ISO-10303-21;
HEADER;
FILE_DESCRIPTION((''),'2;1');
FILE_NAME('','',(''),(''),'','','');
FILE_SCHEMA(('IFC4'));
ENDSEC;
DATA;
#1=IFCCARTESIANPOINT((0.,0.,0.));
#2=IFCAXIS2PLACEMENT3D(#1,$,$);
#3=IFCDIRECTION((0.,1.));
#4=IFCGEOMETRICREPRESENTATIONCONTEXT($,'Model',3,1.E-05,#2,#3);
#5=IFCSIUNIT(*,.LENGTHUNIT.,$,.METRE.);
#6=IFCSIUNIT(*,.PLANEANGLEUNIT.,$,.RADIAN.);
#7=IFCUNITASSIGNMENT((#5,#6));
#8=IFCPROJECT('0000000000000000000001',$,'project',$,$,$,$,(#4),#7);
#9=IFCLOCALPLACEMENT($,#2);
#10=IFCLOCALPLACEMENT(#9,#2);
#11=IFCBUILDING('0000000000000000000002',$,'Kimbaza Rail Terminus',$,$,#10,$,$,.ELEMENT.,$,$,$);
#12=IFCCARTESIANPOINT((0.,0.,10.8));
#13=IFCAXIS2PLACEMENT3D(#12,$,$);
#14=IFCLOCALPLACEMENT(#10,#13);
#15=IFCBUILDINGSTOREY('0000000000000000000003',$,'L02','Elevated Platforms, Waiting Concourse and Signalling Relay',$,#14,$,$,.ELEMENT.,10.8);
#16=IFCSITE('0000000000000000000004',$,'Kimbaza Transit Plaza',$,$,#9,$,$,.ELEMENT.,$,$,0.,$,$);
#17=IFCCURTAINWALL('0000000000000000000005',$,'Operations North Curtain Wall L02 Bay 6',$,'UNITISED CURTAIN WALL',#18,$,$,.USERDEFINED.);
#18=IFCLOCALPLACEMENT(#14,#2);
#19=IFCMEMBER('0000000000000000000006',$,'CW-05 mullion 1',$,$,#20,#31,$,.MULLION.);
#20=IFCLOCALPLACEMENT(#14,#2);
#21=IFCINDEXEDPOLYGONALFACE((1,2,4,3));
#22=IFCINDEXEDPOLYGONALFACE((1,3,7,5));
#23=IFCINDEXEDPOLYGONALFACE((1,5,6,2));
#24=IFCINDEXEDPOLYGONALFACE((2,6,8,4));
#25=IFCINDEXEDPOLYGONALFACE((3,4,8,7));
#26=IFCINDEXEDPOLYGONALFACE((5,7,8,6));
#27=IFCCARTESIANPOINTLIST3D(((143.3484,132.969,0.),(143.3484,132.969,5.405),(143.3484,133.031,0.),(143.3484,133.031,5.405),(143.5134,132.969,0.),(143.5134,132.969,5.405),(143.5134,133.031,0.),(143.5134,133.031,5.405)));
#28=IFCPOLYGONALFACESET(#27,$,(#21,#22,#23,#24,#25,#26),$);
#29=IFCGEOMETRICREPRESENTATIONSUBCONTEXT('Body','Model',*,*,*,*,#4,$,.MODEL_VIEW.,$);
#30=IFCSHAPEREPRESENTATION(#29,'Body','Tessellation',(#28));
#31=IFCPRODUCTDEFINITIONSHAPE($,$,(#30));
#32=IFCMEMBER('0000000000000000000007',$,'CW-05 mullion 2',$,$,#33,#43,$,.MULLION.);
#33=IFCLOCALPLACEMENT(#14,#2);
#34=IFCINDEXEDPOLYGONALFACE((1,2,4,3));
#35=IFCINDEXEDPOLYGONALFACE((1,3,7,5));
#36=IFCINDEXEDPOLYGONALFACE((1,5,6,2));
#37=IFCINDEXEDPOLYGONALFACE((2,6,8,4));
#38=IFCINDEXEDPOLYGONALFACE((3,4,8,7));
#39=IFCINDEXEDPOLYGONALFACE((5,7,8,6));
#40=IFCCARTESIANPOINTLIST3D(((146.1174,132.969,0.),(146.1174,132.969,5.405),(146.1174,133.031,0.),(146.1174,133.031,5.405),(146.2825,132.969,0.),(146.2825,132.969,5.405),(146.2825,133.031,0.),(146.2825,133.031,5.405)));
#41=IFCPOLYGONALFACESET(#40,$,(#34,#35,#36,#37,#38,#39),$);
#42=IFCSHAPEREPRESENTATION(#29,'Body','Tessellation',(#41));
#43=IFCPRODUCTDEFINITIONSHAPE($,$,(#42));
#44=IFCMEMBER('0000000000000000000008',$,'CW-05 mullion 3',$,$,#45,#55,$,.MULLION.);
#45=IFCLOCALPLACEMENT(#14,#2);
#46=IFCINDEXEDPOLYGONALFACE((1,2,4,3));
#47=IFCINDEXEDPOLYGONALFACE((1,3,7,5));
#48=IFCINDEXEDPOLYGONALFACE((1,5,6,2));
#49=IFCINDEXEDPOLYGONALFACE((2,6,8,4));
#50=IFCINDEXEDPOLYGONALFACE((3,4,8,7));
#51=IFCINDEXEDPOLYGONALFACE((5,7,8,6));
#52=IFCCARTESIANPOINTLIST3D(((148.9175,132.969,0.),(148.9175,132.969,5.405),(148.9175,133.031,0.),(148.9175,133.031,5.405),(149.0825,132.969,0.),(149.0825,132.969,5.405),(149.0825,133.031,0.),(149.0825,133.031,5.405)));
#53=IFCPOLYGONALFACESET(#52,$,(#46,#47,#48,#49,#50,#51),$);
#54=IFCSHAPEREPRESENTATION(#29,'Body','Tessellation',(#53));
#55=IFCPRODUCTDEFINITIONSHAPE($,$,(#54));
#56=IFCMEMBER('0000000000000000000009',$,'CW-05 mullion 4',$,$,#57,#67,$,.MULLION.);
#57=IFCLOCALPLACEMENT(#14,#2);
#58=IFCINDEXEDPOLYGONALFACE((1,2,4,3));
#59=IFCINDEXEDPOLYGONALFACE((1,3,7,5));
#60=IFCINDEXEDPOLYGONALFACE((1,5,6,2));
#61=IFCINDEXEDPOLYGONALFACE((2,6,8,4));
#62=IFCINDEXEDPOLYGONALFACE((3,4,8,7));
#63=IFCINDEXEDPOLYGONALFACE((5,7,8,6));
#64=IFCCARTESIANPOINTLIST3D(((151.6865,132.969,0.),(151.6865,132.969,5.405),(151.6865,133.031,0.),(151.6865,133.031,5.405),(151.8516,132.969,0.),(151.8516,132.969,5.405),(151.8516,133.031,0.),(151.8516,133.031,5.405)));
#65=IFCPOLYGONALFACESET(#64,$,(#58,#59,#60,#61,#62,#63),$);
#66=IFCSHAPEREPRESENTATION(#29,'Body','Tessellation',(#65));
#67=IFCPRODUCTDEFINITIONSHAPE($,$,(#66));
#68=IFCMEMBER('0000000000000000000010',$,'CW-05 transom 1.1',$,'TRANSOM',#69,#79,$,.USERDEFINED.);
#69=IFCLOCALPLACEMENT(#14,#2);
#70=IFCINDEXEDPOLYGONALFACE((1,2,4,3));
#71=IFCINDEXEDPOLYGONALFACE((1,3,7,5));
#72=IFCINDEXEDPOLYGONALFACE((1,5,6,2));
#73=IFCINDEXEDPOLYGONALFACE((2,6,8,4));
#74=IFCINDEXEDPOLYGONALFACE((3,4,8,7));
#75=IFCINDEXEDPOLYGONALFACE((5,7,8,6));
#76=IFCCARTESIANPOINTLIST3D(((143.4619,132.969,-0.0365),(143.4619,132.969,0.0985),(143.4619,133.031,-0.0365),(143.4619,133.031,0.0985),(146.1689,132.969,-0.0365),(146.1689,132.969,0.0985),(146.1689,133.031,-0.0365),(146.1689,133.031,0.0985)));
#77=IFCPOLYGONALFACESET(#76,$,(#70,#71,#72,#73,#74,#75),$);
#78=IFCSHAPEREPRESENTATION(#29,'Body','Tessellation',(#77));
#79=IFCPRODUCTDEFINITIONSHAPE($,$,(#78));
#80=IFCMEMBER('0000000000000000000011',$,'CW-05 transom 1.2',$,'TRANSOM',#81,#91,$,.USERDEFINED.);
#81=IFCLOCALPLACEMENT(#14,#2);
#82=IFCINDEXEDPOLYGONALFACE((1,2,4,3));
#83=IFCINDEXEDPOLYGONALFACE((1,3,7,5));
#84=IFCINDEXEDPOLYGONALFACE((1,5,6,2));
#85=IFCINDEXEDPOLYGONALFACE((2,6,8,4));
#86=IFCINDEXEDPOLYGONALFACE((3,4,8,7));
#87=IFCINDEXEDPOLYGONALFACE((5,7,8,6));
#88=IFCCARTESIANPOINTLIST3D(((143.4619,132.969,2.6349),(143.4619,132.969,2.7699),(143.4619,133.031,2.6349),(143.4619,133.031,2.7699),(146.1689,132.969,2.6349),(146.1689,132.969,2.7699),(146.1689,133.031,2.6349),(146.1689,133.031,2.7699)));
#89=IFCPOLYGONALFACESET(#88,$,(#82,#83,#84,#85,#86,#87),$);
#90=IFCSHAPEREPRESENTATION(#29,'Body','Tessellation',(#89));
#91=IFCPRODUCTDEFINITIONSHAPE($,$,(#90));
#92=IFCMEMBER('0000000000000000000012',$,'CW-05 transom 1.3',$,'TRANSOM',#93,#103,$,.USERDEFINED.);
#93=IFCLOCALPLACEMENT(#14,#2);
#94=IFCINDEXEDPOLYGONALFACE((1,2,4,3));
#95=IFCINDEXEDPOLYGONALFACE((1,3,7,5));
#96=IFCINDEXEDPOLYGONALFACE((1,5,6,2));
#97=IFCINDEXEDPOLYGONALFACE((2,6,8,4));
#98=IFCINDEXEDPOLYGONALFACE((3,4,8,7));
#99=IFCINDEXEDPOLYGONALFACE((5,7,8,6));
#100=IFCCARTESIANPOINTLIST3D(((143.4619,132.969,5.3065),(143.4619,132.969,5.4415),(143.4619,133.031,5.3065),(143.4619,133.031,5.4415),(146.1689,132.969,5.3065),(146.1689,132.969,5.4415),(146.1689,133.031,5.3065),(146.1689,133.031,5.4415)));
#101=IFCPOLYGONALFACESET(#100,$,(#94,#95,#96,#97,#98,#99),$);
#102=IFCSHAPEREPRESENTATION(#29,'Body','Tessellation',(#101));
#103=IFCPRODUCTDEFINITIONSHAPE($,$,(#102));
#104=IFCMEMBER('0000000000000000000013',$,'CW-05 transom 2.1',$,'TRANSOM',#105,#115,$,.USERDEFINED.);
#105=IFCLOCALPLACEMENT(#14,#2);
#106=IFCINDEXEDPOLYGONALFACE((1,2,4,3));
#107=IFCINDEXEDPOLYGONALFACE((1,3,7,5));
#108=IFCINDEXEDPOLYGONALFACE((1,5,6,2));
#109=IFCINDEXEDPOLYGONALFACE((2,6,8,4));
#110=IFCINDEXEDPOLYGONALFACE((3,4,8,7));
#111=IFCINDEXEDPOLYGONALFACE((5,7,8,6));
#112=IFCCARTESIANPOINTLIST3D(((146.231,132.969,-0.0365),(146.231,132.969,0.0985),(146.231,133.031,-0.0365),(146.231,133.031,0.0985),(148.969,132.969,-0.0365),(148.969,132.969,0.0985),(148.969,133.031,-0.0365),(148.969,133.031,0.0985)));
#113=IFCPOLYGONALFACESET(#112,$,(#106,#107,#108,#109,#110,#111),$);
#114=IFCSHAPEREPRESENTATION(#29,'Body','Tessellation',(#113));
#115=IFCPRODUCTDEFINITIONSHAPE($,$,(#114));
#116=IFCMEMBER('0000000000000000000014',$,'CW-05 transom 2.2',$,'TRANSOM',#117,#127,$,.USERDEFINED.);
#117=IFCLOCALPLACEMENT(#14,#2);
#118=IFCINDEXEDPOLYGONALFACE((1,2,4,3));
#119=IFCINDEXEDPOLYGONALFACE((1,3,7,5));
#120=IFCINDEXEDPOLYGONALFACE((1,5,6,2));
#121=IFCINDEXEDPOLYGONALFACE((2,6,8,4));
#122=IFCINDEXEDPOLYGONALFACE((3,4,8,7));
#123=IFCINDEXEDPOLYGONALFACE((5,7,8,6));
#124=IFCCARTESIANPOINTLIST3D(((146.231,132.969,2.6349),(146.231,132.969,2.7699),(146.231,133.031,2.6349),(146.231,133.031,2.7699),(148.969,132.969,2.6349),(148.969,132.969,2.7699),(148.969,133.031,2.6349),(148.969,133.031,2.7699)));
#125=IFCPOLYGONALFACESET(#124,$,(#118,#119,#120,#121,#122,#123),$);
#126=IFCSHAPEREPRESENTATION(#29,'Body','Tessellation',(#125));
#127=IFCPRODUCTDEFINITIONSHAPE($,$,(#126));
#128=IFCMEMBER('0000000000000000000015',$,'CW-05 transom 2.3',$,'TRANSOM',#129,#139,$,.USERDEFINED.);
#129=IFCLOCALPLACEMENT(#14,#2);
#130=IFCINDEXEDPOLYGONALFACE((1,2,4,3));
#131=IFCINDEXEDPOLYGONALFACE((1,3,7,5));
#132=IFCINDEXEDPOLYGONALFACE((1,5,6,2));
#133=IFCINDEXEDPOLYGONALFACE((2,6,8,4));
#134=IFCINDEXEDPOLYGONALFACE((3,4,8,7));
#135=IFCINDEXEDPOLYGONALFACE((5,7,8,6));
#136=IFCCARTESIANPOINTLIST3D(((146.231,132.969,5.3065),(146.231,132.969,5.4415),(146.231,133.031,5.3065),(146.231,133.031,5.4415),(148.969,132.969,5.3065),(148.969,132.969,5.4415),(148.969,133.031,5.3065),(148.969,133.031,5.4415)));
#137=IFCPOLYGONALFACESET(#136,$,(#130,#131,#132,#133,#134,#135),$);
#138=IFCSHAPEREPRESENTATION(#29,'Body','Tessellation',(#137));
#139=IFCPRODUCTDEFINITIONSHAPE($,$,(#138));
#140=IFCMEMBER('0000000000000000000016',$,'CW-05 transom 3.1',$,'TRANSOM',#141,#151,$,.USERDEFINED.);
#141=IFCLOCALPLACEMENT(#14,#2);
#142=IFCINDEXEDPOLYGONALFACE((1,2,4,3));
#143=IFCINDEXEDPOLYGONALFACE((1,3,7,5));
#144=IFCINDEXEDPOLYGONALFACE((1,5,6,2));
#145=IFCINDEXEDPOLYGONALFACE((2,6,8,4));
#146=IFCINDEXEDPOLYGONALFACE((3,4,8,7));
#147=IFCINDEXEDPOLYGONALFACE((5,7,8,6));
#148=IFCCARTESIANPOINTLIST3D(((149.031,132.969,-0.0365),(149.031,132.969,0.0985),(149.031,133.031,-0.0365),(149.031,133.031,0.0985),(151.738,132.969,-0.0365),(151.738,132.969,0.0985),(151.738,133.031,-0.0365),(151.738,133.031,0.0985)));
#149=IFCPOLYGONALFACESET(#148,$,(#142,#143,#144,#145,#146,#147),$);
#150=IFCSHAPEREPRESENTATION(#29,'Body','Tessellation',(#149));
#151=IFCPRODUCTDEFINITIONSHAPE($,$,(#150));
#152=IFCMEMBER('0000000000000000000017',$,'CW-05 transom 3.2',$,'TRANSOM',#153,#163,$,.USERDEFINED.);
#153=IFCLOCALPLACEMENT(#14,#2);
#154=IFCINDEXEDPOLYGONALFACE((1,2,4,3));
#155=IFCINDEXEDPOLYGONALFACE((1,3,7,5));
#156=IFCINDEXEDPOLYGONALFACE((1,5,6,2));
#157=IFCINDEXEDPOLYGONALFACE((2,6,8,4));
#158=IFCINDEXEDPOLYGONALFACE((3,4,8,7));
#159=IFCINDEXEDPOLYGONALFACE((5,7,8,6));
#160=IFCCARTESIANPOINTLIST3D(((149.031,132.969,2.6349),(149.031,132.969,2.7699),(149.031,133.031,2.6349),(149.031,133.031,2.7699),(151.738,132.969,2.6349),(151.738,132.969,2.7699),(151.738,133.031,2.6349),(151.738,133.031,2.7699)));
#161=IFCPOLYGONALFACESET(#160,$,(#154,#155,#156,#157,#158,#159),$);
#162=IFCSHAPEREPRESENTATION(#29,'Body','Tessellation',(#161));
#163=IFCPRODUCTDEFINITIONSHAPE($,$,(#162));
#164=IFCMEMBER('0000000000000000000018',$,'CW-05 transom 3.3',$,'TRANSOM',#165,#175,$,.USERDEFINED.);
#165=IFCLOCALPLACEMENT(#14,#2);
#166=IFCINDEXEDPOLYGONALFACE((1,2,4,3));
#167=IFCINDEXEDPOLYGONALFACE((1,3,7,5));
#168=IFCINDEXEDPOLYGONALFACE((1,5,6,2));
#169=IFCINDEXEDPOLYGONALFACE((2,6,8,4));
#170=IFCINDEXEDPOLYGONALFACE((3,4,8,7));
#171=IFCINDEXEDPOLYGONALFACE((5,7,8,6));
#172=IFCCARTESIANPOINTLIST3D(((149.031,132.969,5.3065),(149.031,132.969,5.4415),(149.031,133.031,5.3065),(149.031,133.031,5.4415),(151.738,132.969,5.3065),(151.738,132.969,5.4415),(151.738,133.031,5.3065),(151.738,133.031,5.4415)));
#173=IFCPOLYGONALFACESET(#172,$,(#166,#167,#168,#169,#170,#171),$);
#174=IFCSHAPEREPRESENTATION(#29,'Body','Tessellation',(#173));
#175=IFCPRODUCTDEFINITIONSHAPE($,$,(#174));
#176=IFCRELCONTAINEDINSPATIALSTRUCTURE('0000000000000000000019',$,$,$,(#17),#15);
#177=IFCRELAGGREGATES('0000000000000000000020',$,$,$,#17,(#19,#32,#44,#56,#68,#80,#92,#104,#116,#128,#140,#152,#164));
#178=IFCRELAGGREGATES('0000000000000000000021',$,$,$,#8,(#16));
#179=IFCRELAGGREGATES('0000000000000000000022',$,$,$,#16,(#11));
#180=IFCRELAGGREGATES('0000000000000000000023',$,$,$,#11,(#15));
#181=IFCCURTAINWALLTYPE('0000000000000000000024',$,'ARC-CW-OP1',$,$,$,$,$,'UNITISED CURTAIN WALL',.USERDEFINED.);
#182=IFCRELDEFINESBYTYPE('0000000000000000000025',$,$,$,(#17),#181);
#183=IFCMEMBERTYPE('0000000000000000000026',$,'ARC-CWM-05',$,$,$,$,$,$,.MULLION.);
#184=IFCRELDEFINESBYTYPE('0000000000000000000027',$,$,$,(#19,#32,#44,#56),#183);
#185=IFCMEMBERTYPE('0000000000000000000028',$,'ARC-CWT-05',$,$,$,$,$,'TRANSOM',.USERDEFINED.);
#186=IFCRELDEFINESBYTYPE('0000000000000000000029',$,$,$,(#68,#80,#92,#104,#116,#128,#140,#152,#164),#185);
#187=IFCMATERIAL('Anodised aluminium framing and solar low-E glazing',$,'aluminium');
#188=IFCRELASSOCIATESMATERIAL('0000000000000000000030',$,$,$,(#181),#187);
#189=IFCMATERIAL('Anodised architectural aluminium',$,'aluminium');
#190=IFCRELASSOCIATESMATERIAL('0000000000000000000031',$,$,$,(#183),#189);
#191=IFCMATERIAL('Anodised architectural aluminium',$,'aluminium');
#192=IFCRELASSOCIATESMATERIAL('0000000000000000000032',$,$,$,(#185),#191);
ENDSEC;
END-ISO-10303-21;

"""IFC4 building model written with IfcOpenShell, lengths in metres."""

from ifc_helpers import new_model, si_unit, direction, frame, origin, origin_2d, place, context, subcontext, project, spatial, rectangle, extrude, material, material_profile, profile_set, type_object, element, aggregate, save


model = new_model("IFC4")

# Units and contexts
model_context = context("Model", 3, precision=1e-05, world=origin(), true_north=direction((0.0, 1.0)))
body_context = subcontext(model_context, "Body", "Model", "MODEL_VIEW")
ifc_project = project(units=[si_unit("LENGTHUNIT", "METRE"), si_unit("PLANEANGLEUNIT", "RADIAN")], contexts=[model_context])

# Site, building, storey
site_placement = place(None, origin())
site = spatial("IfcSite", under=ifc_project, at=site_placement, Name="Kimbaza Transit Plaza", CompositionType="ELEMENT", RefElevation=0.0)
building_placement = place(site_placement, origin())
building = spatial("IfcBuilding", under=site, at=building_placement, Name="Kimbaza Rail Terminus", CompositionType="ELEMENT")
storey_placement = place(building_placement, frame((0.0, 0.0, 10.8)))
storey = spatial("IfcBuildingStorey", under=building, at=storey_placement, Name="L02", Description="Elevated Platforms, Waiting Concourse and Signalling Relay", CompositionType="ELEMENT", Elevation=10.8)

# Curtain wall, members
ifc_material_1 = material(Name="Anodised aluminium framing and solar low-E glazing", Category="aluminium")
curtain_wall_type = type_object("IfcCurtainWallType", Name="ARC-CW-OP1", ElementType="UNITISED CURTAIN WALL", PredefinedType="USERDEFINED", material=ifc_material_1)
curtain_wall_placement = place(storey_placement, origin())
curtain_wall = element("IfcCurtainWall", 1, at=curtain_wall_placement, inside=storey, type_object=curtain_wall_type, Name="Operations North Curtain Wall L02 Bay 6", ObjectType="UNITISED CURTAIN WALL", PredefinedType="USERDEFINED")
ifc_material_2 = material(Name="Anodised architectural aluminium", Category="aluminium")
ifc_material_profile_1 = material_profile(ifc_material_2, rectangle(XDim=0.062, YDim=0.165, at=origin_2d()), Name="MULLION 62x165")
ifc_profile_set_1 = profile_set([ifc_material_profile_1], Name="Anodised architectural aluminium")
member_type_1 = type_object("IfcMemberType", Name="ARC-CWM-05", PredefinedType="MULLION", material=ifc_profile_set_1)
member_1_placement = place(storey_placement, frame((143.4309, 133.0, 0.0), z_axis=(0.0, 0.0, 1.0), x_axis=(0.0, 1.0, 0.0)))
member_1 = element("IfcMember", 2, at=member_1_placement, type_object=member_type_1, Name="CW-05 mullion 1", PredefinedType="MULLION", context=body_context, shape_type="SweptSolid", body=[
    extrude(rectangle(XDim=0.062, YDim=0.165, at=origin_2d()), origin(), (0.0, 0.0, 1.0), 5.405),
])
member_2_placement = place(storey_placement, frame((146.2, 133.0, 0.0), z_axis=(0.0, 0.0, 1.0), x_axis=(0.0, 1.0, 0.0)))
member_2 = element("IfcMember", 3, at=member_2_placement, type_object=member_type_1, Name="CW-05 mullion 2", PredefinedType="MULLION", context=body_context, shape_type="SweptSolid", body=[
    extrude(rectangle(XDim=0.062, YDim=0.165, at=origin_2d()), origin(), (0.0, 0.0, 1.0), 5.405),
])
member_3_placement = place(storey_placement, frame((149.0, 133.0, 0.0), z_axis=(0.0, 0.0, 1.0), x_axis=(0.0, 1.0, 0.0)))
member_3 = element("IfcMember", 4, at=member_3_placement, type_object=member_type_1, Name="CW-05 mullion 3", PredefinedType="MULLION", context=body_context, shape_type="SweptSolid", body=[
    extrude(rectangle(XDim=0.062, YDim=0.165, at=origin_2d()), origin(), (0.0, 0.0, 1.0), 5.405),
])
member_4_placement = place(storey_placement, frame((151.769, 133.0, 0.0), z_axis=(0.0, 0.0, 1.0), x_axis=(0.0, 1.0, 0.0)))
member_4 = element("IfcMember", 5, at=member_4_placement, type_object=member_type_1, Name="CW-05 mullion 4", PredefinedType="MULLION", context=body_context, shape_type="SweptSolid", body=[
    extrude(rectangle(XDim=0.062, YDim=0.165, at=origin_2d()), origin(), (0.0, 0.0, 1.0), 5.405),
])
ifc_material_3 = material(Name="Anodised architectural aluminium", Category="aluminium")
ifc_material_profile_2 = material_profile(ifc_material_3, rectangle(XDim=0.062, YDim=0.135, at=origin_2d()), Name="TRANSOM 62x135")
ifc_profile_set_2 = profile_set([ifc_material_profile_2], Name="Anodised architectural aluminium")
member_type_2 = type_object("IfcMemberType", Name="ARC-CWT-05", ElementType="TRANSOM", PredefinedType="USERDEFINED", material=ifc_profile_set_2)
member_5_placement = place(storey_placement, frame((143.4619, 133.0, 0.031), z_axis=(1.0, 0.0, 0.0), x_axis=(0.0, 1.0, 0.0)))
member_5 = element("IfcMember", 6, at=member_5_placement, type_object=member_type_2, Name="CW-05 transom 1.1", ObjectType="TRANSOM", PredefinedType="USERDEFINED", context=body_context, shape_type="SweptSolid", body=[
    extrude(rectangle(XDim=0.062, YDim=0.135, at=origin_2d()), origin(), (0.0, 0.0, 1.0), 2.707),
])
member_6_placement = place(storey_placement, frame((143.4619, 133.0, 2.7024), z_axis=(1.0, 0.0, 0.0), x_axis=(0.0, 1.0, 0.0)))
member_6 = element("IfcMember", 7, at=member_6_placement, type_object=member_type_2, Name="CW-05 transom 1.2", ObjectType="TRANSOM", PredefinedType="USERDEFINED", context=body_context, shape_type="SweptSolid", body=[
    extrude(rectangle(XDim=0.062, YDim=0.135, at=origin_2d()), origin(), (0.0, 0.0, 1.0), 2.707),
])
member_7_placement = place(storey_placement, frame((143.4619, 133.0, 5.374), z_axis=(1.0, 0.0, 0.0), x_axis=(0.0, 1.0, 0.0)))
member_7 = element("IfcMember", 8, at=member_7_placement, type_object=member_type_2, Name="CW-05 transom 1.3", ObjectType="TRANSOM", PredefinedType="USERDEFINED", context=body_context, shape_type="SweptSolid", body=[
    extrude(rectangle(XDim=0.062, YDim=0.135, at=origin_2d()), origin(), (0.0, 0.0, 1.0), 2.707),
])
member_8_placement = place(storey_placement, frame((146.231, 133.0, 0.031), z_axis=(1.0, 0.0, 0.0), x_axis=(0.0, 1.0, 0.0)))
member_8 = element("IfcMember", 9, at=member_8_placement, type_object=member_type_2, Name="CW-05 transom 2.1", ObjectType="TRANSOM", PredefinedType="USERDEFINED", context=body_context, shape_type="SweptSolid", body=[
    extrude(rectangle(XDim=0.062, YDim=0.135, at=origin_2d()), origin(), (0.0, 0.0, 1.0), 2.738),
])
member_9_placement = place(storey_placement, frame((146.231, 133.0, 2.7024), z_axis=(1.0, 0.0, 0.0), x_axis=(0.0, 1.0, 0.0)))
member_9 = element("IfcMember", 10, at=member_9_placement, type_object=member_type_2, Name="CW-05 transom 2.2", ObjectType="TRANSOM", PredefinedType="USERDEFINED", context=body_context, shape_type="SweptSolid", body=[
    extrude(rectangle(XDim=0.062, YDim=0.135, at=origin_2d()), origin(), (0.0, 0.0, 1.0), 2.738),
])
member_10_placement = place(storey_placement, frame((146.231, 133.0, 5.374), z_axis=(1.0, 0.0, 0.0), x_axis=(0.0, 1.0, 0.0)))
member_10 = element("IfcMember", 11, at=member_10_placement, type_object=member_type_2, Name="CW-05 transom 2.3", ObjectType="TRANSOM", PredefinedType="USERDEFINED", context=body_context, shape_type="SweptSolid", body=[
    extrude(rectangle(XDim=0.062, YDim=0.135, at=origin_2d()), origin(), (0.0, 0.0, 1.0), 2.738),
])
member_11_placement = place(storey_placement, frame((149.031, 133.0, 0.031), z_axis=(1.0, 0.0, 0.0), x_axis=(0.0, 1.0, 0.0)))
member_11 = element("IfcMember", 12, at=member_11_placement, type_object=member_type_2, Name="CW-05 transom 3.1", ObjectType="TRANSOM", PredefinedType="USERDEFINED", context=body_context, shape_type="SweptSolid", body=[
    extrude(rectangle(XDim=0.062, YDim=0.135, at=origin_2d()), origin(), (0.0, 0.0, 1.0), 2.707),
])
member_12_placement = place(storey_placement, frame((149.031, 133.0, 2.7024), z_axis=(1.0, 0.0, 0.0), x_axis=(0.0, 1.0, 0.0)))
member_12 = element("IfcMember", 13, at=member_12_placement, type_object=member_type_2, Name="CW-05 transom 3.2", ObjectType="TRANSOM", PredefinedType="USERDEFINED", context=body_context, shape_type="SweptSolid", body=[
    extrude(rectangle(XDim=0.062, YDim=0.135, at=origin_2d()), origin(), (0.0, 0.0, 1.0), 2.707),
])
member_13_placement = place(storey_placement, frame((149.031, 133.0, 5.374), z_axis=(1.0, 0.0, 0.0), x_axis=(0.0, 1.0, 0.0)))
member_13 = element("IfcMember", 14, at=member_13_placement, type_object=member_type_2, Name="CW-05 transom 3.3", ObjectType="TRANSOM", PredefinedType="USERDEFINED", context=body_context, shape_type="SweptSolid", body=[
    extrude(rectangle(XDim=0.062, YDim=0.135, at=origin_2d()), origin(), (0.0, 0.0, 1.0), 2.707),
])

aggregate(curtain_wall, [member_1, member_2, member_3, member_4, member_5, member_6, member_7, member_8, member_9, member_10, member_11, member_12, member_13])

save(model, "model.ifc")
